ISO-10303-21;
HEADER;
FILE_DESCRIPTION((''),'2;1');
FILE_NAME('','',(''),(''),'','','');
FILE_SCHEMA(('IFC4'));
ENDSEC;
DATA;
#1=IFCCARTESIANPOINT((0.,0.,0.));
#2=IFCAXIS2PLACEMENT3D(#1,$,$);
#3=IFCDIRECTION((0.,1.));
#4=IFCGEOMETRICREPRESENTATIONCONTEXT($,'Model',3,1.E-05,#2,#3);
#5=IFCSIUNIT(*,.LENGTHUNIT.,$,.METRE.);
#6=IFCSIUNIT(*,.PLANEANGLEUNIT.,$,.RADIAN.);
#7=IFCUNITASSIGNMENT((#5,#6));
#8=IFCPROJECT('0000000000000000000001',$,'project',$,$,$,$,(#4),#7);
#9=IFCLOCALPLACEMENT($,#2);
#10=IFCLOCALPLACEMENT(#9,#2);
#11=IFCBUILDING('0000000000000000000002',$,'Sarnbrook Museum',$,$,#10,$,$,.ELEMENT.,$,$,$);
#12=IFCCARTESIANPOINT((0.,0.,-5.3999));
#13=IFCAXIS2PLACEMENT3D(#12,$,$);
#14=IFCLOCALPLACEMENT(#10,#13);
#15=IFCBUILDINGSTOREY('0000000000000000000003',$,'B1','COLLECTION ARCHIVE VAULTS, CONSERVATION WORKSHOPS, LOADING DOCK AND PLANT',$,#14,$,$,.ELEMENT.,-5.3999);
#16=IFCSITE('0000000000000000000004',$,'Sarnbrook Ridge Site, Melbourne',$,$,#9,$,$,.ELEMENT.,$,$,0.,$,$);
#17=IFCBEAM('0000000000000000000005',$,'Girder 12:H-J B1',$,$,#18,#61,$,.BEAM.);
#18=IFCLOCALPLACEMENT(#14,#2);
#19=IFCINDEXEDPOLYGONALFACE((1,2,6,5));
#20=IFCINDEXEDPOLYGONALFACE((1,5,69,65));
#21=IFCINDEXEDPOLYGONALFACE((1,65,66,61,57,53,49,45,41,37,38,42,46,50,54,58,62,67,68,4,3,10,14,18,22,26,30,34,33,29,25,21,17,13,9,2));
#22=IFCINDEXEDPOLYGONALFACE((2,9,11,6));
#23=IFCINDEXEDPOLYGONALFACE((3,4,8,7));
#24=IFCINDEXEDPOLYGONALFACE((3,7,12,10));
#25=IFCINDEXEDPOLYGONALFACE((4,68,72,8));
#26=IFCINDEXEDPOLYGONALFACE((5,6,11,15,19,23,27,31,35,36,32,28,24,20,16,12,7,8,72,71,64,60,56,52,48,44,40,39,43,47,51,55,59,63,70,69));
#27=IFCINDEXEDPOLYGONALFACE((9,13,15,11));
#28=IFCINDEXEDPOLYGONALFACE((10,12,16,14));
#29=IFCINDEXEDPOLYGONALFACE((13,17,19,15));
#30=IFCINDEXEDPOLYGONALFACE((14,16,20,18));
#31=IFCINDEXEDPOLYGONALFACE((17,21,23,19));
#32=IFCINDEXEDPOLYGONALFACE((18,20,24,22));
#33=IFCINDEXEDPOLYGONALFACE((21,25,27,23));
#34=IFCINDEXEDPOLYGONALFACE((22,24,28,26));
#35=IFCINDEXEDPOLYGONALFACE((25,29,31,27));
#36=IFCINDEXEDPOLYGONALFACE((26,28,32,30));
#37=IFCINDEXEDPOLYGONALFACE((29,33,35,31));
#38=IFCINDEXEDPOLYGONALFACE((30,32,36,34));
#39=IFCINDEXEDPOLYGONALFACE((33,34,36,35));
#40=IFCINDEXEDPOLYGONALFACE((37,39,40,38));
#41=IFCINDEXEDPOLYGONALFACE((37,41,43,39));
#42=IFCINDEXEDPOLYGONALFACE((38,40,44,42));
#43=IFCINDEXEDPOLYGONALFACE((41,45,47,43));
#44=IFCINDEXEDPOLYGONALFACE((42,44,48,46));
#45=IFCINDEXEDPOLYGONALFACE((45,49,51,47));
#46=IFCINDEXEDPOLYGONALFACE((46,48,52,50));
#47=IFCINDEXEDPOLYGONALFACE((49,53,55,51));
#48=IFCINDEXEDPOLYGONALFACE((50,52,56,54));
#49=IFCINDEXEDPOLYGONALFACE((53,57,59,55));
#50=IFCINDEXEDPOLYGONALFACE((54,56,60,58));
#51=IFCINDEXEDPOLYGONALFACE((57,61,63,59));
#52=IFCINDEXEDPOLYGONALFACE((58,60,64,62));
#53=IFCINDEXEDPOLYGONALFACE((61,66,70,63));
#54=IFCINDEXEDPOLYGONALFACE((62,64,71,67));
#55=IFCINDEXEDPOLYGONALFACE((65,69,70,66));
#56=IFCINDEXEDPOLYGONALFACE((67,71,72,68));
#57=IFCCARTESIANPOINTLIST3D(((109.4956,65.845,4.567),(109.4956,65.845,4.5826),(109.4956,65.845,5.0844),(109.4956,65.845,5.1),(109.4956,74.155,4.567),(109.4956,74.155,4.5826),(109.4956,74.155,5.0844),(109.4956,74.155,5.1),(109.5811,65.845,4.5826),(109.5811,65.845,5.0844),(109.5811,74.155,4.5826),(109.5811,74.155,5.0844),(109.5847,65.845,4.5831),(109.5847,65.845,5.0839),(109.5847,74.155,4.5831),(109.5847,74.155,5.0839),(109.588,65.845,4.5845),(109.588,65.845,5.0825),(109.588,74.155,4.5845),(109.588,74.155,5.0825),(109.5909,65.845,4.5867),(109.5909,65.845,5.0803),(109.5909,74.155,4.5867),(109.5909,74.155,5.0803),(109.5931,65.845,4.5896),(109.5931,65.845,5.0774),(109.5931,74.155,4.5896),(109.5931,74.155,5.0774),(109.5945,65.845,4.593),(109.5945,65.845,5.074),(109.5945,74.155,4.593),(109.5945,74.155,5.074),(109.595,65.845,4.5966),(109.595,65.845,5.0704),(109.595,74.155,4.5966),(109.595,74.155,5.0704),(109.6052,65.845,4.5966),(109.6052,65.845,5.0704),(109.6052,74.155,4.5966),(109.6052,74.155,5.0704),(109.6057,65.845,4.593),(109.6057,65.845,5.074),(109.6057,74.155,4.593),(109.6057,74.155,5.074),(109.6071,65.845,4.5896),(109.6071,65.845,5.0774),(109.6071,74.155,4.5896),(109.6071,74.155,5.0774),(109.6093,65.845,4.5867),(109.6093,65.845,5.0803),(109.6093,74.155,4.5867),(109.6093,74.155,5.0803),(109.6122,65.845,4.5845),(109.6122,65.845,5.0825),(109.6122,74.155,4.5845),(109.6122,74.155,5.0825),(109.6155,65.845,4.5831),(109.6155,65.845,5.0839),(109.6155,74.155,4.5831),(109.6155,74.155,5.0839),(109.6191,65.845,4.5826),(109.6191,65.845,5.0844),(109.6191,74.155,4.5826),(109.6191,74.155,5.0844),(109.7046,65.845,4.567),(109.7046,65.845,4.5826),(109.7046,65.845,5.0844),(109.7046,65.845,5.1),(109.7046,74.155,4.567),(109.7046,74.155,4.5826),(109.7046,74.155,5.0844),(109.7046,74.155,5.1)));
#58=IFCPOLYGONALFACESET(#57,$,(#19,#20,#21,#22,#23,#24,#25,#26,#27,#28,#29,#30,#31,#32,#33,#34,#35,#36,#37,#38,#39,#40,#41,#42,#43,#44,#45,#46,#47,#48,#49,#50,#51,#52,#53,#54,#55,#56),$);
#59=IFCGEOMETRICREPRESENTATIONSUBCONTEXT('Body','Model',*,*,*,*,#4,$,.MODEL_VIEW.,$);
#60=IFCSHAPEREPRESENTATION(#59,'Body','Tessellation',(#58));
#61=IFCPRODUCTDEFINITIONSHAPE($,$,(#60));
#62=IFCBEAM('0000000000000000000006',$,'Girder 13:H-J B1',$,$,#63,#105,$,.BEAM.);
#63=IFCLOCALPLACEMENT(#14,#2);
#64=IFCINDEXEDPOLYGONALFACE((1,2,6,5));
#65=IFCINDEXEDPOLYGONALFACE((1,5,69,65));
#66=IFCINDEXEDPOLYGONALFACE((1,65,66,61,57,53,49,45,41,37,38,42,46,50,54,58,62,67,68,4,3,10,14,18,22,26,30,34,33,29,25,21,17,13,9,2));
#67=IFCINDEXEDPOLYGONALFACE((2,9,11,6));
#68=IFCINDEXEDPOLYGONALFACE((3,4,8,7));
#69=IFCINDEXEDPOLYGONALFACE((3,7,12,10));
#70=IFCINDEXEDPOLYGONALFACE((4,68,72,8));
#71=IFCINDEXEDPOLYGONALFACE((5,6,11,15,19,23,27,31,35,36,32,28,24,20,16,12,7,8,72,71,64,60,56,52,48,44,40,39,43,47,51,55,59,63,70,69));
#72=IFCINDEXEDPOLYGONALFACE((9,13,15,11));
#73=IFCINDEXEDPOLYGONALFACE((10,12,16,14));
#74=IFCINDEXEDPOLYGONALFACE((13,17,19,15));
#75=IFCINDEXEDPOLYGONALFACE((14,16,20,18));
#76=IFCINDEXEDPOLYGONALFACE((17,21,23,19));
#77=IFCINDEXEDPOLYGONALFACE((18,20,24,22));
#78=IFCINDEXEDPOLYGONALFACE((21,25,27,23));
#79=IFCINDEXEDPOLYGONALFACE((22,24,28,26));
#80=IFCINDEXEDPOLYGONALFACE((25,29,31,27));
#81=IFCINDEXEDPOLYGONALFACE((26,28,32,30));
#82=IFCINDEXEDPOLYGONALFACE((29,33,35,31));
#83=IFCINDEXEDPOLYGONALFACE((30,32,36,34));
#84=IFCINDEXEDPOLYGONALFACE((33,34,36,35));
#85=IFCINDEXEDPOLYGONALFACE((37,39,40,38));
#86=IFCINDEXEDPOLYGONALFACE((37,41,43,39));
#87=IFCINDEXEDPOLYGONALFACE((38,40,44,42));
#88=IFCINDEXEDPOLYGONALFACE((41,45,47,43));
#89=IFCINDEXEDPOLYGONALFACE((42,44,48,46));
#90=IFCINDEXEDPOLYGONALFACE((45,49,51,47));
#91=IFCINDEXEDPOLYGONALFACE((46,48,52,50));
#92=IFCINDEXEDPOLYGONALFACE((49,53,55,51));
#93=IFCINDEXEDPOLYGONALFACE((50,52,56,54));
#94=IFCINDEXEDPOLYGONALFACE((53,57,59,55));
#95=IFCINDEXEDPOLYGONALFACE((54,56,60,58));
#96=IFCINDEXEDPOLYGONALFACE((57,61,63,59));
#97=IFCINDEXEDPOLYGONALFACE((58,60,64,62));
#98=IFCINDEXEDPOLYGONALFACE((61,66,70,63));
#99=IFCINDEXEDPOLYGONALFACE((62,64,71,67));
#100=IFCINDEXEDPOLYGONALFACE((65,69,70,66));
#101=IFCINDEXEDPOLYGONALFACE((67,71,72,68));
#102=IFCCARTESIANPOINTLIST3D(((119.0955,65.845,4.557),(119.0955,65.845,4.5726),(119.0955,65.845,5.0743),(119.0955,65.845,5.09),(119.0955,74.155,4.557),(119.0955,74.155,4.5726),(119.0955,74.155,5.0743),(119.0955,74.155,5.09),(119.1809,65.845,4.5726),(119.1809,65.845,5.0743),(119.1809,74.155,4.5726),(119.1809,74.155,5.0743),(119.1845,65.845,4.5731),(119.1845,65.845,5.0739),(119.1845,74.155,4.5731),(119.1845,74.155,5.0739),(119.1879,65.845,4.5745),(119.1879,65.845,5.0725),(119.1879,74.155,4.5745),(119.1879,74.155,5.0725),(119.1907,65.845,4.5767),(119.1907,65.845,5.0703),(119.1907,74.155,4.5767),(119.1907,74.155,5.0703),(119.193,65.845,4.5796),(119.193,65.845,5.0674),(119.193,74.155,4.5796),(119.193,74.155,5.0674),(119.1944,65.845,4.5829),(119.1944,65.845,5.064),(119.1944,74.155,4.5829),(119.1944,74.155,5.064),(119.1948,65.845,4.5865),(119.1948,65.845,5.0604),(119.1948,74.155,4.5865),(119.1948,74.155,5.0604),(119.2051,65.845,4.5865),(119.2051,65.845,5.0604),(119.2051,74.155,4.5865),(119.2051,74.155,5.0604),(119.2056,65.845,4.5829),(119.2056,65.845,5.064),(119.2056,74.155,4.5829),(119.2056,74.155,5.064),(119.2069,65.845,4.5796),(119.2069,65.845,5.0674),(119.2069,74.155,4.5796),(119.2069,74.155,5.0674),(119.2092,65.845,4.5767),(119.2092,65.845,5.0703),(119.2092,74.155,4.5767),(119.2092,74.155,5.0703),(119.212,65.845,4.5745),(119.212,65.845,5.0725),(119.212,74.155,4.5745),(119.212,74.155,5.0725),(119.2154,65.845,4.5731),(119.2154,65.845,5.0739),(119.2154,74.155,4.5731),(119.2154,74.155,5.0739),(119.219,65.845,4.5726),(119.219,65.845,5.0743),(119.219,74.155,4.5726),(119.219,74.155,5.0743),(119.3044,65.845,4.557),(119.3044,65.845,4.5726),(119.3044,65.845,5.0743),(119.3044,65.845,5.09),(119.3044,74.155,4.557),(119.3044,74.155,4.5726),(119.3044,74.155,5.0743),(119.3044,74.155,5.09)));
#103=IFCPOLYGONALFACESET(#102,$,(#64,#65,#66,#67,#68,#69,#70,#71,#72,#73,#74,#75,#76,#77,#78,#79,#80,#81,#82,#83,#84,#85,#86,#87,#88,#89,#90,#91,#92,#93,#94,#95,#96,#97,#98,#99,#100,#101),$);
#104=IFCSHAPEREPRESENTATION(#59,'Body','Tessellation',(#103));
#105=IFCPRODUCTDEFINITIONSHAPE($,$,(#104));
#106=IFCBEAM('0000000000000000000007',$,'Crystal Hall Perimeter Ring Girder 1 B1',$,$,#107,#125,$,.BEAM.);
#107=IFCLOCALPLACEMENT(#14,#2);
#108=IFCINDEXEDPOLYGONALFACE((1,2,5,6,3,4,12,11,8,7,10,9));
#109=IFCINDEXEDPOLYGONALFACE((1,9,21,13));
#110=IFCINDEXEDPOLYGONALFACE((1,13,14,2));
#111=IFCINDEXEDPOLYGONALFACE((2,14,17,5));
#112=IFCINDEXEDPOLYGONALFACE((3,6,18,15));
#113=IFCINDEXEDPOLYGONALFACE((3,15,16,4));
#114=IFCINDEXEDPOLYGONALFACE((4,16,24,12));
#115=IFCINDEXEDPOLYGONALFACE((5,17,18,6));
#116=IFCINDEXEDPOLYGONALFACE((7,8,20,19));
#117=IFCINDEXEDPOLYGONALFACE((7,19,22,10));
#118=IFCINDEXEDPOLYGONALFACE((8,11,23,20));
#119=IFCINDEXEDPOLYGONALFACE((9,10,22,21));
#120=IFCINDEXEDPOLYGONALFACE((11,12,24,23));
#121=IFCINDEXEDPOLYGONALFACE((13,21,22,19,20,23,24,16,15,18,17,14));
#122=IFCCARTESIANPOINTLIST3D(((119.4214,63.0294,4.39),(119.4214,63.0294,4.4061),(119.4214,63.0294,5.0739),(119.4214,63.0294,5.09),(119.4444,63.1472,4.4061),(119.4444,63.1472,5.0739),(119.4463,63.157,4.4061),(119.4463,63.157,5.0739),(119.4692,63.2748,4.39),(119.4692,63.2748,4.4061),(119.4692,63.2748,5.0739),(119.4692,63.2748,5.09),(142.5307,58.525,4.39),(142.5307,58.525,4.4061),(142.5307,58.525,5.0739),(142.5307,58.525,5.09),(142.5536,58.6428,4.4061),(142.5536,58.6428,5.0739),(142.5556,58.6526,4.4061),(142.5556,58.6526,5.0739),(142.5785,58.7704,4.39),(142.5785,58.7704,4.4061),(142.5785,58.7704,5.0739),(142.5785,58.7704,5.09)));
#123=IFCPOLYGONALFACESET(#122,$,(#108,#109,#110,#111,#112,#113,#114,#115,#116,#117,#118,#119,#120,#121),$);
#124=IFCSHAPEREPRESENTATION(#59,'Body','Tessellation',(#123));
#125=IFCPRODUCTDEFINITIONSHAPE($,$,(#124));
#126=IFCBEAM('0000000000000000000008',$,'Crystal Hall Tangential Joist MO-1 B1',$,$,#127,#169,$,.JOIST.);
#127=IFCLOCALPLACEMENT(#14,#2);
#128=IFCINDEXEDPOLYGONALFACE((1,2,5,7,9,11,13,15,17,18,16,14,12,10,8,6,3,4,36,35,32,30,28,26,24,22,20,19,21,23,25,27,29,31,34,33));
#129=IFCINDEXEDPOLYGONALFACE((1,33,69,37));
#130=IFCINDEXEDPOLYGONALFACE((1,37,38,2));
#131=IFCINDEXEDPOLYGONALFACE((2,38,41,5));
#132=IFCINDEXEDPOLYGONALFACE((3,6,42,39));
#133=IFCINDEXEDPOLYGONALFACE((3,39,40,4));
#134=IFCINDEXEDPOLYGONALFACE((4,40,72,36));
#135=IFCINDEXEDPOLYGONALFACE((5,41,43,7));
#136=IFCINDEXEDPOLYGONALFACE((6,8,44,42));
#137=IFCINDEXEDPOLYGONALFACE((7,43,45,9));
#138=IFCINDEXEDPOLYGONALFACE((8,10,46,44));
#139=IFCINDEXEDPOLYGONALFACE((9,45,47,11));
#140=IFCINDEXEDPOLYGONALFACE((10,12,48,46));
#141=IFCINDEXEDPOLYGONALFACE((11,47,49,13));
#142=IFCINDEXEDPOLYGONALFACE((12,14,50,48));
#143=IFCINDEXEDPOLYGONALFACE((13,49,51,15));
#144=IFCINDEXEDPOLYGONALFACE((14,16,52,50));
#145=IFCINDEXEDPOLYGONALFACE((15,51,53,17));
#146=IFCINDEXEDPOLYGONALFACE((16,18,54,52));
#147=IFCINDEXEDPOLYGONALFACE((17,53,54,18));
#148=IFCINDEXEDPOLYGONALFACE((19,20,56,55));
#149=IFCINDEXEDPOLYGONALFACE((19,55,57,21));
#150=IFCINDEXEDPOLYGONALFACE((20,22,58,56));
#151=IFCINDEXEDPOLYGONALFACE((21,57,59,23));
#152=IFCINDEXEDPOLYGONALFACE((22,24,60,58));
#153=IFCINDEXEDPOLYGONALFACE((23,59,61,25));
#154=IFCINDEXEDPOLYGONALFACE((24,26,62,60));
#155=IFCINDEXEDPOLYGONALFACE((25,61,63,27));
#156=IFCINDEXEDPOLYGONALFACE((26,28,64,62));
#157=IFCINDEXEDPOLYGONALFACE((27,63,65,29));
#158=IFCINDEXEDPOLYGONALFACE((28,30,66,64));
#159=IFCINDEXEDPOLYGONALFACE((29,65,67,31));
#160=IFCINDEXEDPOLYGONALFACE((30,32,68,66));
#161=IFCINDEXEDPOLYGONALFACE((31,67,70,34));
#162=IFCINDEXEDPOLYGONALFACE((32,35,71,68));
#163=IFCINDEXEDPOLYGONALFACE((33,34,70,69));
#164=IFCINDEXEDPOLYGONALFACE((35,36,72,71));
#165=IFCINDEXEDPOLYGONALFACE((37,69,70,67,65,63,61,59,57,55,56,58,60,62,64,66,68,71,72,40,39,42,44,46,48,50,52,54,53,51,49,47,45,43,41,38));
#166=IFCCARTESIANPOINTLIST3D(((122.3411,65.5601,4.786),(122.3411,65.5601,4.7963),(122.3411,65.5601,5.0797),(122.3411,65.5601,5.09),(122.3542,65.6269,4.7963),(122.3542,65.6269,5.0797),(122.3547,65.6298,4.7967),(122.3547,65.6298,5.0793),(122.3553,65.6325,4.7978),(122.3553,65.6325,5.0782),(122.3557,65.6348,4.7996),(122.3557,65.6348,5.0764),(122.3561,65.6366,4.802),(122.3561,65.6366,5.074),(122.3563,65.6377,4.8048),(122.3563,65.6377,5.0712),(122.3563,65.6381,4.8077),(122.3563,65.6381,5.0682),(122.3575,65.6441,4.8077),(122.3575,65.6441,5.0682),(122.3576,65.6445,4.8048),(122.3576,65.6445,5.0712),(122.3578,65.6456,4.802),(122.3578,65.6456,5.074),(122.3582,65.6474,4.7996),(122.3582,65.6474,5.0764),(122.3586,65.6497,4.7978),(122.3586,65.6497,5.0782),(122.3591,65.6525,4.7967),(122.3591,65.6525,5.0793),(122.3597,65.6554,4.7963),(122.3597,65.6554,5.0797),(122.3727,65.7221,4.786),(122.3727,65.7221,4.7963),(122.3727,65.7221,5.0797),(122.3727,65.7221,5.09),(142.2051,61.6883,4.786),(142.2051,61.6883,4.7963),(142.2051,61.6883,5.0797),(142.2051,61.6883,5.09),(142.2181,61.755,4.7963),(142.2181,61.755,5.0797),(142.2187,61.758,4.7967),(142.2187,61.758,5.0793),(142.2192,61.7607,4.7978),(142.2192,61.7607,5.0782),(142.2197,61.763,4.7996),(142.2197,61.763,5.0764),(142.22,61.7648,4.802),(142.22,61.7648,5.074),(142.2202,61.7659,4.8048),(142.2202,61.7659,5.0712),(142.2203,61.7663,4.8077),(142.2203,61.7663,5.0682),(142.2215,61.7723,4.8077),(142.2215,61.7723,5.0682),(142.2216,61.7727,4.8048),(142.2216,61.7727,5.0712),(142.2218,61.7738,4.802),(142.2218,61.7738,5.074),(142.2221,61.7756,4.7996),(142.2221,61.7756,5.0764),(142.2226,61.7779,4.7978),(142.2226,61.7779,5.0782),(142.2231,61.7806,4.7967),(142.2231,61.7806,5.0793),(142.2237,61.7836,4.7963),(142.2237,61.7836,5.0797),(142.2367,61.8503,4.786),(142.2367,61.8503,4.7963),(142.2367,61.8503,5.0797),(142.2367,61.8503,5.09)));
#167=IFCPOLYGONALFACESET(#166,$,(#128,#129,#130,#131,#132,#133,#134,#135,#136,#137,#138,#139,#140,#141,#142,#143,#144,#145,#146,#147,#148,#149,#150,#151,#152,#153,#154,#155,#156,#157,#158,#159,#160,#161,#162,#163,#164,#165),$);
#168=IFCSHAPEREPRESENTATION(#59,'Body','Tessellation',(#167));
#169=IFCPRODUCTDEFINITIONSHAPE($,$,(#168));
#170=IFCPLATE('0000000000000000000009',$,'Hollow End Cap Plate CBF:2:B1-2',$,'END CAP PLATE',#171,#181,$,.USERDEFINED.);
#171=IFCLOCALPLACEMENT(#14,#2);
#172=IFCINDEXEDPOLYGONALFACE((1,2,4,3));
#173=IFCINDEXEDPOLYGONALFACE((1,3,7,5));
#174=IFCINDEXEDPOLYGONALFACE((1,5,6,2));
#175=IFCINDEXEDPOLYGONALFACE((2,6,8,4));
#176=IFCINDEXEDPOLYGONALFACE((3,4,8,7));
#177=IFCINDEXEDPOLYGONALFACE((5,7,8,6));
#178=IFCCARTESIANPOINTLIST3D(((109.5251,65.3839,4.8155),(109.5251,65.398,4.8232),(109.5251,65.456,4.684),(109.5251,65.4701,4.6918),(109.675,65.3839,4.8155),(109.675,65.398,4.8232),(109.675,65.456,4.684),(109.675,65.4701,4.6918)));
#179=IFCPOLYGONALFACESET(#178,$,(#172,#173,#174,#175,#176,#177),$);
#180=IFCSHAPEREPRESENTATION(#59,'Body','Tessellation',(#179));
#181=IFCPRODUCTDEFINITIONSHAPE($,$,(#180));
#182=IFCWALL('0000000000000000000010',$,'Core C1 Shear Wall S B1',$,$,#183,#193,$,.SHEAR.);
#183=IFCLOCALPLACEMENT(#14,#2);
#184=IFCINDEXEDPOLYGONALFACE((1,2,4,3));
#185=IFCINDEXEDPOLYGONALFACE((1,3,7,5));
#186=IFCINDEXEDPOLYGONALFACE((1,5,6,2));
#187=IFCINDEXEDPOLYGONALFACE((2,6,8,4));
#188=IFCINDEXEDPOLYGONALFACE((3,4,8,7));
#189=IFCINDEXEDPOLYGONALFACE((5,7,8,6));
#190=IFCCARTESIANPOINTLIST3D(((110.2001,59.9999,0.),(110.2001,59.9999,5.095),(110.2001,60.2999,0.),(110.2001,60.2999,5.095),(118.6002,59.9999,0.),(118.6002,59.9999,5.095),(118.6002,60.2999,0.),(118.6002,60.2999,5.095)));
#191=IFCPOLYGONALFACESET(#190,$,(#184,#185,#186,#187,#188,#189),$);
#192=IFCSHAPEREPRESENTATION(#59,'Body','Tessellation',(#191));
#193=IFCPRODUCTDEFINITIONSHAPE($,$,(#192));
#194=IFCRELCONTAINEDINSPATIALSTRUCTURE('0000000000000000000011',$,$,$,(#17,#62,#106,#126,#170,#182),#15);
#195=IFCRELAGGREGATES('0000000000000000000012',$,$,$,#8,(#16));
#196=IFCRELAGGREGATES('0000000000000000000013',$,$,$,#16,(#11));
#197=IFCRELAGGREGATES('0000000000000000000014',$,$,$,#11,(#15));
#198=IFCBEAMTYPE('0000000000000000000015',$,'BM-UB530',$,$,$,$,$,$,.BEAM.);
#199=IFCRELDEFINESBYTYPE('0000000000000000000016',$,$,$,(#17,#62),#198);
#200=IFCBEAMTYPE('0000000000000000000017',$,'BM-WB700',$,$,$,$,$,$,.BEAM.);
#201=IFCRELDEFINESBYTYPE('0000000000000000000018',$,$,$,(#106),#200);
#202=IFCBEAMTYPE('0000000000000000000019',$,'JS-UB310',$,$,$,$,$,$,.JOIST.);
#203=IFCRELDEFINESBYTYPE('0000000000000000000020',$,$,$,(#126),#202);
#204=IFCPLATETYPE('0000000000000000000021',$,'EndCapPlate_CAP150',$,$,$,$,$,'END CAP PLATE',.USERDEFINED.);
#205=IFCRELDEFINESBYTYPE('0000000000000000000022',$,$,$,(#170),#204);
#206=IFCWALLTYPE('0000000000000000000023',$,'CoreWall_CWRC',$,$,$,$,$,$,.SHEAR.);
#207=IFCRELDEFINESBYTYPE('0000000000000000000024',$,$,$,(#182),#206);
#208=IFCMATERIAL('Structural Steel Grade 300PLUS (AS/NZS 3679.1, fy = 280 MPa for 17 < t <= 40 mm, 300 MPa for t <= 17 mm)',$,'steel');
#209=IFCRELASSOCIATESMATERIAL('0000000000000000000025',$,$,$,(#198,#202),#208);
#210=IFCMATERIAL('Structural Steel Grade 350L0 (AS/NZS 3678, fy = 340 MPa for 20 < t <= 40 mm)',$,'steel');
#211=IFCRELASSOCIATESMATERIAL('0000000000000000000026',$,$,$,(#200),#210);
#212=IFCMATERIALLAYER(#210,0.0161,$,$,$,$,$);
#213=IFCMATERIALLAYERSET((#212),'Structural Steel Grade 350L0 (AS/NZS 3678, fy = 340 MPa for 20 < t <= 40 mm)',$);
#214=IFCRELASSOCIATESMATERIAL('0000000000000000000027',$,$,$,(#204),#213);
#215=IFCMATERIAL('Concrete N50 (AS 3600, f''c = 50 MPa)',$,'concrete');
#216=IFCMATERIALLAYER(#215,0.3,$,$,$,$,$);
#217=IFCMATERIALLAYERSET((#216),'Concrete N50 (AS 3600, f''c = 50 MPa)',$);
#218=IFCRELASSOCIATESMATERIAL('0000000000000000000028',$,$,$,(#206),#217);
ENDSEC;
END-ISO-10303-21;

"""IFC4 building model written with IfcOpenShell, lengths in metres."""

from ifc_helpers import new_model, si_unit, direction, frame, frame_2d, origin, origin_2d, place, context, subcontext, project, spatial, rectangle, i_section, extrude, material, layer, layer_set, material_profile, profile_set, type_object, element, save


model = new_model("IFC4")

# Units and contexts
model_context = context("Model", 3, precision=1e-05, world=origin(), true_north=direction((0.0, 1.0)))
body_context = subcontext(model_context, "Body", "Model", "MODEL_VIEW")
ifc_project = project(units=[si_unit("LENGTHUNIT", "METRE"), si_unit("PLANEANGLEUNIT", "RADIAN")], contexts=[model_context])

# Site, building, storey
site_placement = place(None, origin())
site = spatial("IfcSite", under=ifc_project, at=site_placement, Name="Sarnbrook Ridge Site, Melbourne", CompositionType="ELEMENT", RefElevation=0.0)
building_placement = place(site_placement, origin())
building = spatial("IfcBuilding", under=site, at=building_placement, Name="Sarnbrook Museum", CompositionType="ELEMENT")
storey_placement = place(building_placement, frame((0.0, 0.0, -5.3999)))
storey = spatial("IfcBuildingStorey", under=building, at=storey_placement, Name="B1", Description="COLLECTION ARCHIVE VAULTS, CONSERVATION WORKSHOPS, LOADING DOCK AND PLANT", CompositionType="ELEMENT", Elevation=-5.3999)

# Shared definitions
ifc_material_1 = material(Name="Concrete N50 (AS 3600, f'c = 50 MPa)", Category="concrete")

# Shared definitions
ifc_material_2 = material(Name="Structural Steel Grade 350L0 (AS/NZS 3678, fy = 340 MPa for 20 < t <= 40 mm)", Category="steel")

# Beams
ifc_material_3 = material(Name="Structural Steel Grade 300PLUS (AS/NZS 3679.1, fy = 280 MPa for 17 < t <= 40 mm, 300 MPa for t <= 17 mm)", Category="steel")
ifc_material_profile_1 = material_profile(ifc_material_3, i_section(OverallWidth=0.209, OverallDepth=0.533, WebThickness=0.0103, FlangeThickness=0.0156, FilletRadius=0.0139, at=origin_2d()), Name="530UB92.4")
ifc_profile_set_1 = profile_set([ifc_material_profile_1], Name="Structural Steel Grade 300PLUS (AS/NZS 3679.1, fy = 280 MPa for 17 < t <= 40 mm, 300 MPa for t <= 17 mm)")
beam_type_1 = type_object("IfcBeamType", Name="BM-UB530", PredefinedType="BEAM", material=ifc_profile_set_1)
for number, where, z_axis, x_axis, name in (
    (1, (109.6001, 65.845, 4.8335), (0.0, 1.0, 0.0), (-1.0, 0.0, 0.0), "Girder 12:H-J B1"),
    (2, (119.2, 65.845, 4.8235), (0.0, 1.0, 0.0), (-1.0, 0.0, 0.0), "Girder 13:H-J B1"),
):
    element("IfcBeam", number, at=place(storey_placement, frame(where, z_axis=z_axis, x_axis=x_axis)), inside=storey, type_object=beam_type_1, Name=name, PredefinedType="BEAM", context=body_context, shape_type="SweptSolid", body=[
        extrude(i_section(OverallWidth=0.209, OverallDepth=0.533, WebThickness=0.0103, FlangeThickness=0.0156, FilletRadius=0.0139, at=origin_2d()), origin(), (0.0, 0.0, 1.0), 8.3101),
    ])
ifc_material_profile_2 = material_profile(ifc_material_2, i_section(OverallWidth=0.25, OverallDepth=0.7, WebThickness=0.01, FlangeThickness=0.0161, at=origin_2d()), Name="700WB130")
ifc_profile_set_2 = profile_set([ifc_material_profile_2], Name="Structural Steel Grade 350L0 (AS/NZS 3678, fy = 340 MPa for 20 < t <= 40 mm)")
beam_type_2 = type_object("IfcBeamType", Name="BM-WB700", PredefinedType="BEAM", material=ifc_profile_set_2)
beam_1_placement = place(storey_placement, frame((119.4453, 63.1521, 4.74), z_axis=(0.981529, -0.191316, 0.0), x_axis=(0.191316, 0.981529, 0.0)))
element("IfcBeam", 3, at=beam_1_placement, inside=storey, type_object=beam_type_2, Name="Crystal Hall Perimeter Ring Girder 1 B1", PredefinedType="BEAM", context=body_context, shape_type="SweptSolid", body=[
    extrude(i_section(OverallWidth=0.25, OverallDepth=0.7, WebThickness=0.01, FlangeThickness=0.0161, at=origin_2d()), origin(), (0.0, 0.0, 1.0), 23.5442),
])
ifc_material_profile_3 = material_profile(ifc_material_3, i_section(OverallWidth=0.165, OverallDepth=0.304, WebThickness=0.0061, FlangeThickness=0.0103, FilletRadius=0.0115, at=origin_2d()), Name="310UB40.4")
ifc_profile_set_3 = profile_set([ifc_material_profile_3], Name="Structural Steel Grade 300PLUS (AS/NZS 3679.1, fy = 280 MPa for 17 < t <= 40 mm, 300 MPa for t <= 17 mm)")
beam_type_3 = type_object("IfcBeamType", Name="JS-UB310", PredefinedType="JOIST", material=ifc_profile_set_3)
beam_2_placement = place(storey_placement, frame((122.3569, 65.6411, 4.938), z_axis=(0.981528, -0.191316, 0.0), x_axis=(0.191316, 0.981528, 0.0)))
element("IfcBeam", 4, at=beam_2_placement, inside=storey, type_object=beam_type_3, Name="Crystal Hall Tangential Joist MO-1 B1", PredefinedType="JOIST", context=body_context, shape_type="SweptSolid", body=[
    extrude(i_section(OverallWidth=0.165, OverallDepth=0.304, WebThickness=0.0061, FlangeThickness=0.0103, FilletRadius=0.0115, at=origin_2d()), origin(), (0.0, 0.0, 1.0), 20.2378),
])

# Plate
ifc_layer_1 = layer(ifc_material_2, 0.0161)
ifc_layer_set_1 = layer_set([ifc_layer_1], Name="Structural Steel Grade 350L0 (AS/NZS 3678, fy = 340 MPa for 20 < t <= 40 mm)")
plate_type = type_object("IfcPlateType", Name="EndCapPlate_CAP150", ElementType="END CAP PLATE", PredefinedType="USERDEFINED", material=ifc_layer_set_1)
plate_placement = place(storey_placement, frame((109.6001, 65.4199, 4.7498), z_axis=(0.0, 0.876742, 0.480961), x_axis=(-1.0, 0.0, 0.0)))
element("IfcPlate", 5, at=plate_placement, inside=storey, type_object=plate_type, Name="Hollow End Cap Plate CBF:2:B1-2", ObjectType="END CAP PLATE", PredefinedType="USERDEFINED", context=body_context, shape_type="SweptSolid", body=[
    extrude(rectangle(XDim=0.1499, YDim=0.1499, at=origin_2d()), origin(), (0.0, 0.0, 1.0), 0.0161),
])

# Wall
ifc_layer_2 = layer(ifc_material_1, 0.3)
ifc_layer_set_2 = layer_set([ifc_layer_2], Name="Concrete N50 (AS 3600, f'c = 50 MPa)")
wall_type_1 = type_object("IfcWallType", Name="CoreWall_CWRC", PredefinedType="SHEAR", material=ifc_layer_set_2)
wall_1_placement = place(storey_placement, frame((110.2, 60.1499, 0.0), z_axis=(0.0, 0.0, 1.0), x_axis=(1.0, 0.0, 0.0)))
element("IfcWall", 6, at=wall_1_placement, inside=storey, type_object=wall_type_1, Name="Core C1 Shear Wall S B1", PredefinedType="SHEAR", context=body_context, shape_type="SweptSolid", body=[
    extrude(rectangle(XDim=8.4001, YDim=0.3, at=frame_2d((4.2002, 0.0))), origin(), (0.0, 0.0, 1.0), 5.095),
])

save(model, "model.ifc")
